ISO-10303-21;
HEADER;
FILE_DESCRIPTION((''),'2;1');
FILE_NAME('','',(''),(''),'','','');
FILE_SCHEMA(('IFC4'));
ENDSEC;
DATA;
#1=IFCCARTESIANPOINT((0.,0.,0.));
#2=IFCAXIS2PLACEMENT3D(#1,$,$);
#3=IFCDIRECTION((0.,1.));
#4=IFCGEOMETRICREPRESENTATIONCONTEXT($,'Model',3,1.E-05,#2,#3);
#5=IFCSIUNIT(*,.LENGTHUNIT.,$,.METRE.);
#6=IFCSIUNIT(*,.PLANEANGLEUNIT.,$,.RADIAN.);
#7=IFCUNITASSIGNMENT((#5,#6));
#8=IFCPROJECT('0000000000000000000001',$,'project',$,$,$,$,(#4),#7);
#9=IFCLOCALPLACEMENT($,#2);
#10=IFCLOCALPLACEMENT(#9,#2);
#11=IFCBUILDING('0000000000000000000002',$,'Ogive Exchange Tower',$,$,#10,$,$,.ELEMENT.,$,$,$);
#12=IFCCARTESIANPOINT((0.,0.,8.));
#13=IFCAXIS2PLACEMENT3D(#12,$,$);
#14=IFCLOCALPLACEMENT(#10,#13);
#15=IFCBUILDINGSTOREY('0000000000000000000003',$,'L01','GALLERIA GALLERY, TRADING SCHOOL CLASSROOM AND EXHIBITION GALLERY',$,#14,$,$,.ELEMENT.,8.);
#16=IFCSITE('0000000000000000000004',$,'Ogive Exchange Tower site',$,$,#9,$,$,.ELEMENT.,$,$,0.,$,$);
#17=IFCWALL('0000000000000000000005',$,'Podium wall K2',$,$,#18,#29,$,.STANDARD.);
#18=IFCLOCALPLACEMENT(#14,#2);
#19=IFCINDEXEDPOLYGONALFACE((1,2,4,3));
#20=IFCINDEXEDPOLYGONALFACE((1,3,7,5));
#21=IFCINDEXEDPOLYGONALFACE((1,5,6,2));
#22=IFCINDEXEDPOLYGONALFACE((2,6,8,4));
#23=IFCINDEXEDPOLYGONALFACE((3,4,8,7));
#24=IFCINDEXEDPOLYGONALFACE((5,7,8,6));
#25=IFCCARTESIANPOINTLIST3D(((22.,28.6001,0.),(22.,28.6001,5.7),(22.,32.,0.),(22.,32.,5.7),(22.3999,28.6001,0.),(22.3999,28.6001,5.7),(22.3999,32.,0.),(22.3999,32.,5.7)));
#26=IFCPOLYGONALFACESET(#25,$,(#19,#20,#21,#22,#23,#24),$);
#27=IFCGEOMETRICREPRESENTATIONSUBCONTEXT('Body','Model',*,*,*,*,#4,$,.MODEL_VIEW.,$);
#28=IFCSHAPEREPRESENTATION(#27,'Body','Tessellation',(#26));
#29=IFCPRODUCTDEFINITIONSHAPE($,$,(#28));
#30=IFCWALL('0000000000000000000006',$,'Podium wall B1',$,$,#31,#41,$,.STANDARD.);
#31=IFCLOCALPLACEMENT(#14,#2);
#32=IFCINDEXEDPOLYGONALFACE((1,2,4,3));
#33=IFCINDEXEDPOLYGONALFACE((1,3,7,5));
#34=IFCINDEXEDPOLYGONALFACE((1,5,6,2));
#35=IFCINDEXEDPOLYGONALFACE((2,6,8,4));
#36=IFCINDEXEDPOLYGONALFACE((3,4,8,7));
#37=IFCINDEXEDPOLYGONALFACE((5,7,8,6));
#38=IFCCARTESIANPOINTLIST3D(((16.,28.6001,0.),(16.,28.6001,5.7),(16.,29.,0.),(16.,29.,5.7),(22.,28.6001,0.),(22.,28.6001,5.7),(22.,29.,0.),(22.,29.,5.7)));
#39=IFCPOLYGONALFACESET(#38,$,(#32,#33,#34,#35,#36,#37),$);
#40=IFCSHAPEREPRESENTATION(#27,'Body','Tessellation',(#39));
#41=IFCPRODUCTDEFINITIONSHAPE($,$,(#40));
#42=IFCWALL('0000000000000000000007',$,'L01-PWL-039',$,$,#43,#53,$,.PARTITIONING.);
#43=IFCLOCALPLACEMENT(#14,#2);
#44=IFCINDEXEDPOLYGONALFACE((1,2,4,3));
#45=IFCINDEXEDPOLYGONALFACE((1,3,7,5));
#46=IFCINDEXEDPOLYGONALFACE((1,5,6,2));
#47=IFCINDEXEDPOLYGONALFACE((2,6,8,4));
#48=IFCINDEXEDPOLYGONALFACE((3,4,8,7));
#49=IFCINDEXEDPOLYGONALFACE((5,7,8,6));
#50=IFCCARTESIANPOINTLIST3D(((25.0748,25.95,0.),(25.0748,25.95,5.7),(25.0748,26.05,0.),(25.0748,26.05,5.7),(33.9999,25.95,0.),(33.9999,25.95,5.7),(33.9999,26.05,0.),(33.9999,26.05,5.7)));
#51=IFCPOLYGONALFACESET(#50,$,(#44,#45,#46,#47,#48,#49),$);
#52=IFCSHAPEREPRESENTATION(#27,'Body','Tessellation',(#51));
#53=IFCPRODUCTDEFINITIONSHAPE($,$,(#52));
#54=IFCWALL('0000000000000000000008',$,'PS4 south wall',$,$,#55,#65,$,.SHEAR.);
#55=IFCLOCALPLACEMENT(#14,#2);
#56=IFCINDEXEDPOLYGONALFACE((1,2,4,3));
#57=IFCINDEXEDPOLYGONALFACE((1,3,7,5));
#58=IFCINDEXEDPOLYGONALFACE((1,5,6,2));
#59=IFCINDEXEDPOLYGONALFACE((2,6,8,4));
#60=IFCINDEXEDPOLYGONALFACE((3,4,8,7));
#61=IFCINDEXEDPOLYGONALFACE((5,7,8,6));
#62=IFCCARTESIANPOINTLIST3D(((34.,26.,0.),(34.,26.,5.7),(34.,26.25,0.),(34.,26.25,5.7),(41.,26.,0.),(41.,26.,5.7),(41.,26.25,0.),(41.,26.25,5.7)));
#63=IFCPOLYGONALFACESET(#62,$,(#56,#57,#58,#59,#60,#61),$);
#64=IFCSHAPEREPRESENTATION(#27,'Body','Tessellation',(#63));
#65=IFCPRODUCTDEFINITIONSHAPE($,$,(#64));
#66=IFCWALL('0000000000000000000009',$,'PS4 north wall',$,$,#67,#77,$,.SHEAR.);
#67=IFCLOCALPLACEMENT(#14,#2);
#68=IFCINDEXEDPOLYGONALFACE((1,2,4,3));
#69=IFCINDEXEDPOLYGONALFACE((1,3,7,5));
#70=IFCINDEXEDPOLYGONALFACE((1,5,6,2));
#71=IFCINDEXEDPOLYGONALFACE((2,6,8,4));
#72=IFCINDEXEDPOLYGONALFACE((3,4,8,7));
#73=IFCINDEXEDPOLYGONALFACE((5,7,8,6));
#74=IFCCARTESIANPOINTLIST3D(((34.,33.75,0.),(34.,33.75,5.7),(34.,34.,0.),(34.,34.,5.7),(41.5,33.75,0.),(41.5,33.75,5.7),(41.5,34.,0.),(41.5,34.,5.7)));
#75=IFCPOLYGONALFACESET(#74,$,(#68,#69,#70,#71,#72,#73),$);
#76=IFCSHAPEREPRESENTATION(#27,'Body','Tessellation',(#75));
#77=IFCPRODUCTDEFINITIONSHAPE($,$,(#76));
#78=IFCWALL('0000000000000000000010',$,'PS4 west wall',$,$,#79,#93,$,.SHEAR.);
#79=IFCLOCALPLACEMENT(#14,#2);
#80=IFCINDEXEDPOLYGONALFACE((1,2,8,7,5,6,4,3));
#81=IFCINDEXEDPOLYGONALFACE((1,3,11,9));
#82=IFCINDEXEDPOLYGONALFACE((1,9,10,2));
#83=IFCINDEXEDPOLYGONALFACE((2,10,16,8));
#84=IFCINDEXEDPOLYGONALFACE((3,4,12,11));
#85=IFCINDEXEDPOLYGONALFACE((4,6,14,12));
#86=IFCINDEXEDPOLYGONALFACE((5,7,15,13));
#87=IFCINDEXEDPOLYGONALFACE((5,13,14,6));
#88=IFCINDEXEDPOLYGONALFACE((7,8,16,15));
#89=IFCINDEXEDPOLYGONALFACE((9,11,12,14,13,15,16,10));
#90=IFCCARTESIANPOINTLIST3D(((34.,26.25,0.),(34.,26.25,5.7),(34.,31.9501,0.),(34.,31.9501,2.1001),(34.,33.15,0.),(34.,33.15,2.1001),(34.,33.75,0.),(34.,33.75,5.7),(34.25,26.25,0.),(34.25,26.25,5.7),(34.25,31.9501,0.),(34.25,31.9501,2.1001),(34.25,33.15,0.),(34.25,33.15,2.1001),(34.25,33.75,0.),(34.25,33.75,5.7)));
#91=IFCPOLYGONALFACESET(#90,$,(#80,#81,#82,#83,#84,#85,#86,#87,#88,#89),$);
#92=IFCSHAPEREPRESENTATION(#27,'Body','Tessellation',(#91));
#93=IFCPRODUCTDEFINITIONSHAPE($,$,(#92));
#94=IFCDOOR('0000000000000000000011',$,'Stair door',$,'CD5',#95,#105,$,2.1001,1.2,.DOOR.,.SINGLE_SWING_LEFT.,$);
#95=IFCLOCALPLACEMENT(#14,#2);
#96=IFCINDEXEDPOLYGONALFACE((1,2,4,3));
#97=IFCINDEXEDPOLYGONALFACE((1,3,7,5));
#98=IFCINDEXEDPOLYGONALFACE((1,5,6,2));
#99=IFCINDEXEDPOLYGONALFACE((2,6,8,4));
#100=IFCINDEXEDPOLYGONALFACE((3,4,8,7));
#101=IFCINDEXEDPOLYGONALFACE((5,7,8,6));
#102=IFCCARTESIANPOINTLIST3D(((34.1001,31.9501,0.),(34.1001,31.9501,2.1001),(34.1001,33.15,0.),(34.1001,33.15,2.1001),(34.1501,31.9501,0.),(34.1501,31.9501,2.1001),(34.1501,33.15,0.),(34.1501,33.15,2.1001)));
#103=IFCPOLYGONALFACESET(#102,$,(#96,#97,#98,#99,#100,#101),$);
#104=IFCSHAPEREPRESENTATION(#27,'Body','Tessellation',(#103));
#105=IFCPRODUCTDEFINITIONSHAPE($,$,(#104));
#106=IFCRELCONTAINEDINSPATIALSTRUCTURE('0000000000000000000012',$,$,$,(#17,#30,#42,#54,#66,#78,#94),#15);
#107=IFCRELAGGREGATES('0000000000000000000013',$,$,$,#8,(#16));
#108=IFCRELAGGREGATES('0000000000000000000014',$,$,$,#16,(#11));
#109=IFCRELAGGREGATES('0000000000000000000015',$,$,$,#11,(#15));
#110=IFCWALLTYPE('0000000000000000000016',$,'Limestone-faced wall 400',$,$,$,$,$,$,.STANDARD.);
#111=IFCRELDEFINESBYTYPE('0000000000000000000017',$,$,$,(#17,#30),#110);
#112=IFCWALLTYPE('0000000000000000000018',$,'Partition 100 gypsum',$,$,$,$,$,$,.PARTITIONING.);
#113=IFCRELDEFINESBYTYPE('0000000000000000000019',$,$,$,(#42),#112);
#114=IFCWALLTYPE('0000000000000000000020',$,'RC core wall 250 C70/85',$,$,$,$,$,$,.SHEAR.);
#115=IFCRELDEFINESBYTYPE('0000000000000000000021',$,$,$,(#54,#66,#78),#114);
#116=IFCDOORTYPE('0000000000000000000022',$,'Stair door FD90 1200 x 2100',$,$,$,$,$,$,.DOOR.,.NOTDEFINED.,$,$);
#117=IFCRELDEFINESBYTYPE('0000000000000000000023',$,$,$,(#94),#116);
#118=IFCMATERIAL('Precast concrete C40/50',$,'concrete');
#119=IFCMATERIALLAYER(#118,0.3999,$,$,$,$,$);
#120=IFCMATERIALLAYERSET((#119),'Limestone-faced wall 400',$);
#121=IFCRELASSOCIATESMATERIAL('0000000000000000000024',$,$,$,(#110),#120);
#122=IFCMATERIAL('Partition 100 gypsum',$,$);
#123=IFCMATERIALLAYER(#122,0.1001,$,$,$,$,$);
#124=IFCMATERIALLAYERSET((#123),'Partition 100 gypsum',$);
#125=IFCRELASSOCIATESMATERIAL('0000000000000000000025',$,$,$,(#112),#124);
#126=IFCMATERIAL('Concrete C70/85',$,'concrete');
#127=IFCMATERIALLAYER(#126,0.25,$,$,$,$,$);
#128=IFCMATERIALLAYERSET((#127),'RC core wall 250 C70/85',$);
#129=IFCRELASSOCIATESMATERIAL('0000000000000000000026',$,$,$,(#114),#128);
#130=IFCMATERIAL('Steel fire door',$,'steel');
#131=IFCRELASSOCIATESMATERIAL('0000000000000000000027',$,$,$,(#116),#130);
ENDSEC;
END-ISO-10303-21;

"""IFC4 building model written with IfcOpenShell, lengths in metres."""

from ifc_helpers import new_model, si_unit, direction, frame, frame_2d, origin, place, context, subcontext, project, spatial, rectangle, extrude, material, layer, layer_set, type_object, element, fill, save


model = new_model("IFC4")

# Units and contexts
model_context = context("Model", 3, precision=1e-05, world=origin(), true_north=direction((0.0, 1.0)))
body_context = subcontext(model_context, "Body", "Model", "MODEL_VIEW")
ifc_project = project(units=[si_unit("LENGTHUNIT", "METRE"), si_unit("PLANEANGLEUNIT", "RADIAN")], contexts=[model_context])

# Site, building, storey
site_placement = place(None, origin())
site = spatial("IfcSite", under=ifc_project, at=site_placement, Name="Ogive Exchange Tower site", CompositionType="ELEMENT", RefElevation=0.0)
building_placement = place(site_placement, origin())
building = spatial("IfcBuilding", under=site, at=building_placement, Name="Ogive Exchange Tower", CompositionType="ELEMENT")
storey_placement = place(building_placement, frame((0.0, 0.0, 8.0)))
storey = spatial("IfcBuildingStorey", under=building, at=storey_placement, Name="L01", Description="GALLERIA GALLERY, TRADING SCHOOL CLASSROOM AND EXHIBITION GALLERY", CompositionType="ELEMENT", Elevation=8.0)

# Shared definitions
ifc_material_1 = material(Name="Concrete C70/85", Category="concrete")

# Shared definitions
ifc_material_2 = material(Name="Precast concrete C40/50", Category="concrete")
ifc_layer_1 = layer(ifc_material_2, 0.3999)
ifc_layer_set_1 = layer_set([ifc_layer_1], Name="Limestone-faced wall 400")
wall_type_1 = type_object("IfcWallType", Name="Limestone-faced wall 400", PredefinedType="STANDARD", material=ifc_layer_set_1)

# Walls
wall_1_placement = place(storey_placement, frame((22.2, 32.0, 0.0), z_axis=(0.0, 0.0, 1.0), x_axis=(0.0, -1.0, 0.0)))
element("IfcWall", 1, at=wall_1_placement, inside=storey, type_object=wall_type_1, Name="Podium wall K2", PredefinedType="STANDARD", context=body_context, shape_type="SweptSolid", body=[
    extrude(rectangle(XDim=3.3999, YDim=0.3999, at=frame_2d((1.7, 0.0))), origin(), (0.0, 0.0, 1.0), 5.7),
])
wall_2_placement = place(storey_placement, frame((22.0, 28.8, 0.0), z_axis=(0.0, 0.0, 1.0), x_axis=(-1.0, 0.0, 0.0)))
element("IfcWall", 2, at=wall_2_placement, inside=storey, type_object=wall_type_1, Name="Podium wall B1", PredefinedType="STANDARD", context=body_context, shape_type="SweptSolid", body=[
    extrude(rectangle(XDim=6.0, YDim=0.3999, at=frame_2d((3.0, 0.0))), origin(), (0.0, 0.0, 1.0), 5.7),
])
ifc_material_3 = material(Name="Partition 100 gypsum")
ifc_layer_2 = layer(ifc_material_3, 0.1001)
ifc_layer_set_2 = layer_set([ifc_layer_2], Name="Partition 100 gypsum")
wall_type_2 = type_object("IfcWallType", Name="Partition 100 gypsum", PredefinedType="PARTITIONING", material=ifc_layer_set_2)
wall_3_placement = place(storey_placement, frame((25.075, 26.0, 0.0), z_axis=(0.0, 0.0, 1.0), x_axis=(1.0, 0.0, 0.0)))
element("IfcWall", 3, at=wall_3_placement, inside=storey, type_object=wall_type_2, Name="L01-PWL-039", PredefinedType="PARTITIONING", context=body_context, shape_type="SweptSolid", body=[
    extrude(rectangle(XDim=8.925, YDim=0.1001, at=frame_2d((4.4624, 0.0))), origin(), (0.0, 0.0, 1.0), 5.7),
])
ifc_layer_3 = layer(ifc_material_1, 0.25)
ifc_layer_set_3 = layer_set([ifc_layer_3], Name="RC core wall 250 C70/85")
wall_type_3 = type_object("IfcWallType", Name="RC core wall 250 C70/85", PredefinedType="SHEAR", material=ifc_layer_set_3)
wall_4_placement = place(storey_placement, frame((34.0, 26.125, 0.0), z_axis=(0.0, 0.0, 1.0), x_axis=(1.0, 0.0, 0.0)))
element("IfcWall", 4, at=wall_4_placement, inside=storey, type_object=wall_type_3, Name="PS4 south wall", PredefinedType="SHEAR", context=body_context, shape_type="SweptSolid", body=[
    extrude(rectangle(XDim=7.0, YDim=0.25, at=frame_2d((3.5, 0.0))), origin(), (0.0, 0.0, 1.0), 5.7),
])
wall_5_placement = place(storey_placement, frame((34.0, 33.875, 0.0), z_axis=(0.0, 0.0, 1.0), x_axis=(1.0, 0.0, 0.0)))
element("IfcWall", 5, at=wall_5_placement, inside=storey, type_object=wall_type_3, Name="PS4 north wall", PredefinedType="SHEAR", context=body_context, shape_type="SweptSolid", body=[
    extrude(rectangle(XDim=7.5, YDim=0.25, at=frame_2d((3.75, 0.0))), origin(), (0.0, 0.0, 1.0), 5.7),
])

# Wall, opening, door
wall_6_placement = place(storey_placement, frame((34.125, 26.25, 0.0), z_axis=(0.0, 0.0, 1.0), x_axis=(0.0, 1.0, 0.0)))
wall_6 = element("IfcWall", 6, at=wall_6_placement, inside=storey, type_object=wall_type_3, Name="PS4 west wall", PredefinedType="SHEAR", context=body_context, shape_type="SweptSolid", body=[
    extrude(rectangle(XDim=7.5, YDim=0.25, at=frame_2d((3.75, 0.0))), origin(), (0.0, 0.0, 1.0), 5.7),
])
opening_1_placement = place(wall_6_placement, frame((5.7, 0.0, 0.0)))
opening_1 = element("IfcOpeningElement", 7, at=opening_1_placement, cuts=wall_6, PredefinedType="OPENING", context=body_context, shape_type="SweptSolid", body=[
    extrude(rectangle(XDim=1.2, YDim=2.1001, at=frame_2d((0.6001, 1.05))), frame((0.0, 0.135, 0.0), z_axis=(0.0, -1.0, 0.0), x_axis=(1.0, 0.0, 0.0)), (0.0, 0.0, 1.0), 0.27),
])
ifc_material_4 = material(Name="Steel fire door", Category="steel")
door_type_1 = type_object("IfcDoorType", Name="Stair door FD90 1200 x 2100", OperationType="NOTDEFINED", PredefinedType="DOOR", material=ifc_material_4)
door_1_placement = place(opening_1_placement, origin())
door_1 = element("IfcDoor", 8, at=door_1_placement, inside=storey, type_object=door_type_1, Name="Stair door", ObjectType="CD5", OperationType="SINGLE_SWING_LEFT", OverallHeight=2.1001, OverallWidth=1.2, PredefinedType="DOOR", context=body_context, shape_type="SweptSolid", body=[
    extrude(rectangle(XDim=1.2, YDim=2.1001, at=frame_2d((0.6001, 1.05))), frame((0.0, 0.0249, 0.0), z_axis=(0.0, -1.0, 0.0), x_axis=(1.0, 0.0, 0.0)), (0.0, 0.0, 1.0), 0.05),
])
fill(opening_1, door_1)

save(model, "model.ifc")
